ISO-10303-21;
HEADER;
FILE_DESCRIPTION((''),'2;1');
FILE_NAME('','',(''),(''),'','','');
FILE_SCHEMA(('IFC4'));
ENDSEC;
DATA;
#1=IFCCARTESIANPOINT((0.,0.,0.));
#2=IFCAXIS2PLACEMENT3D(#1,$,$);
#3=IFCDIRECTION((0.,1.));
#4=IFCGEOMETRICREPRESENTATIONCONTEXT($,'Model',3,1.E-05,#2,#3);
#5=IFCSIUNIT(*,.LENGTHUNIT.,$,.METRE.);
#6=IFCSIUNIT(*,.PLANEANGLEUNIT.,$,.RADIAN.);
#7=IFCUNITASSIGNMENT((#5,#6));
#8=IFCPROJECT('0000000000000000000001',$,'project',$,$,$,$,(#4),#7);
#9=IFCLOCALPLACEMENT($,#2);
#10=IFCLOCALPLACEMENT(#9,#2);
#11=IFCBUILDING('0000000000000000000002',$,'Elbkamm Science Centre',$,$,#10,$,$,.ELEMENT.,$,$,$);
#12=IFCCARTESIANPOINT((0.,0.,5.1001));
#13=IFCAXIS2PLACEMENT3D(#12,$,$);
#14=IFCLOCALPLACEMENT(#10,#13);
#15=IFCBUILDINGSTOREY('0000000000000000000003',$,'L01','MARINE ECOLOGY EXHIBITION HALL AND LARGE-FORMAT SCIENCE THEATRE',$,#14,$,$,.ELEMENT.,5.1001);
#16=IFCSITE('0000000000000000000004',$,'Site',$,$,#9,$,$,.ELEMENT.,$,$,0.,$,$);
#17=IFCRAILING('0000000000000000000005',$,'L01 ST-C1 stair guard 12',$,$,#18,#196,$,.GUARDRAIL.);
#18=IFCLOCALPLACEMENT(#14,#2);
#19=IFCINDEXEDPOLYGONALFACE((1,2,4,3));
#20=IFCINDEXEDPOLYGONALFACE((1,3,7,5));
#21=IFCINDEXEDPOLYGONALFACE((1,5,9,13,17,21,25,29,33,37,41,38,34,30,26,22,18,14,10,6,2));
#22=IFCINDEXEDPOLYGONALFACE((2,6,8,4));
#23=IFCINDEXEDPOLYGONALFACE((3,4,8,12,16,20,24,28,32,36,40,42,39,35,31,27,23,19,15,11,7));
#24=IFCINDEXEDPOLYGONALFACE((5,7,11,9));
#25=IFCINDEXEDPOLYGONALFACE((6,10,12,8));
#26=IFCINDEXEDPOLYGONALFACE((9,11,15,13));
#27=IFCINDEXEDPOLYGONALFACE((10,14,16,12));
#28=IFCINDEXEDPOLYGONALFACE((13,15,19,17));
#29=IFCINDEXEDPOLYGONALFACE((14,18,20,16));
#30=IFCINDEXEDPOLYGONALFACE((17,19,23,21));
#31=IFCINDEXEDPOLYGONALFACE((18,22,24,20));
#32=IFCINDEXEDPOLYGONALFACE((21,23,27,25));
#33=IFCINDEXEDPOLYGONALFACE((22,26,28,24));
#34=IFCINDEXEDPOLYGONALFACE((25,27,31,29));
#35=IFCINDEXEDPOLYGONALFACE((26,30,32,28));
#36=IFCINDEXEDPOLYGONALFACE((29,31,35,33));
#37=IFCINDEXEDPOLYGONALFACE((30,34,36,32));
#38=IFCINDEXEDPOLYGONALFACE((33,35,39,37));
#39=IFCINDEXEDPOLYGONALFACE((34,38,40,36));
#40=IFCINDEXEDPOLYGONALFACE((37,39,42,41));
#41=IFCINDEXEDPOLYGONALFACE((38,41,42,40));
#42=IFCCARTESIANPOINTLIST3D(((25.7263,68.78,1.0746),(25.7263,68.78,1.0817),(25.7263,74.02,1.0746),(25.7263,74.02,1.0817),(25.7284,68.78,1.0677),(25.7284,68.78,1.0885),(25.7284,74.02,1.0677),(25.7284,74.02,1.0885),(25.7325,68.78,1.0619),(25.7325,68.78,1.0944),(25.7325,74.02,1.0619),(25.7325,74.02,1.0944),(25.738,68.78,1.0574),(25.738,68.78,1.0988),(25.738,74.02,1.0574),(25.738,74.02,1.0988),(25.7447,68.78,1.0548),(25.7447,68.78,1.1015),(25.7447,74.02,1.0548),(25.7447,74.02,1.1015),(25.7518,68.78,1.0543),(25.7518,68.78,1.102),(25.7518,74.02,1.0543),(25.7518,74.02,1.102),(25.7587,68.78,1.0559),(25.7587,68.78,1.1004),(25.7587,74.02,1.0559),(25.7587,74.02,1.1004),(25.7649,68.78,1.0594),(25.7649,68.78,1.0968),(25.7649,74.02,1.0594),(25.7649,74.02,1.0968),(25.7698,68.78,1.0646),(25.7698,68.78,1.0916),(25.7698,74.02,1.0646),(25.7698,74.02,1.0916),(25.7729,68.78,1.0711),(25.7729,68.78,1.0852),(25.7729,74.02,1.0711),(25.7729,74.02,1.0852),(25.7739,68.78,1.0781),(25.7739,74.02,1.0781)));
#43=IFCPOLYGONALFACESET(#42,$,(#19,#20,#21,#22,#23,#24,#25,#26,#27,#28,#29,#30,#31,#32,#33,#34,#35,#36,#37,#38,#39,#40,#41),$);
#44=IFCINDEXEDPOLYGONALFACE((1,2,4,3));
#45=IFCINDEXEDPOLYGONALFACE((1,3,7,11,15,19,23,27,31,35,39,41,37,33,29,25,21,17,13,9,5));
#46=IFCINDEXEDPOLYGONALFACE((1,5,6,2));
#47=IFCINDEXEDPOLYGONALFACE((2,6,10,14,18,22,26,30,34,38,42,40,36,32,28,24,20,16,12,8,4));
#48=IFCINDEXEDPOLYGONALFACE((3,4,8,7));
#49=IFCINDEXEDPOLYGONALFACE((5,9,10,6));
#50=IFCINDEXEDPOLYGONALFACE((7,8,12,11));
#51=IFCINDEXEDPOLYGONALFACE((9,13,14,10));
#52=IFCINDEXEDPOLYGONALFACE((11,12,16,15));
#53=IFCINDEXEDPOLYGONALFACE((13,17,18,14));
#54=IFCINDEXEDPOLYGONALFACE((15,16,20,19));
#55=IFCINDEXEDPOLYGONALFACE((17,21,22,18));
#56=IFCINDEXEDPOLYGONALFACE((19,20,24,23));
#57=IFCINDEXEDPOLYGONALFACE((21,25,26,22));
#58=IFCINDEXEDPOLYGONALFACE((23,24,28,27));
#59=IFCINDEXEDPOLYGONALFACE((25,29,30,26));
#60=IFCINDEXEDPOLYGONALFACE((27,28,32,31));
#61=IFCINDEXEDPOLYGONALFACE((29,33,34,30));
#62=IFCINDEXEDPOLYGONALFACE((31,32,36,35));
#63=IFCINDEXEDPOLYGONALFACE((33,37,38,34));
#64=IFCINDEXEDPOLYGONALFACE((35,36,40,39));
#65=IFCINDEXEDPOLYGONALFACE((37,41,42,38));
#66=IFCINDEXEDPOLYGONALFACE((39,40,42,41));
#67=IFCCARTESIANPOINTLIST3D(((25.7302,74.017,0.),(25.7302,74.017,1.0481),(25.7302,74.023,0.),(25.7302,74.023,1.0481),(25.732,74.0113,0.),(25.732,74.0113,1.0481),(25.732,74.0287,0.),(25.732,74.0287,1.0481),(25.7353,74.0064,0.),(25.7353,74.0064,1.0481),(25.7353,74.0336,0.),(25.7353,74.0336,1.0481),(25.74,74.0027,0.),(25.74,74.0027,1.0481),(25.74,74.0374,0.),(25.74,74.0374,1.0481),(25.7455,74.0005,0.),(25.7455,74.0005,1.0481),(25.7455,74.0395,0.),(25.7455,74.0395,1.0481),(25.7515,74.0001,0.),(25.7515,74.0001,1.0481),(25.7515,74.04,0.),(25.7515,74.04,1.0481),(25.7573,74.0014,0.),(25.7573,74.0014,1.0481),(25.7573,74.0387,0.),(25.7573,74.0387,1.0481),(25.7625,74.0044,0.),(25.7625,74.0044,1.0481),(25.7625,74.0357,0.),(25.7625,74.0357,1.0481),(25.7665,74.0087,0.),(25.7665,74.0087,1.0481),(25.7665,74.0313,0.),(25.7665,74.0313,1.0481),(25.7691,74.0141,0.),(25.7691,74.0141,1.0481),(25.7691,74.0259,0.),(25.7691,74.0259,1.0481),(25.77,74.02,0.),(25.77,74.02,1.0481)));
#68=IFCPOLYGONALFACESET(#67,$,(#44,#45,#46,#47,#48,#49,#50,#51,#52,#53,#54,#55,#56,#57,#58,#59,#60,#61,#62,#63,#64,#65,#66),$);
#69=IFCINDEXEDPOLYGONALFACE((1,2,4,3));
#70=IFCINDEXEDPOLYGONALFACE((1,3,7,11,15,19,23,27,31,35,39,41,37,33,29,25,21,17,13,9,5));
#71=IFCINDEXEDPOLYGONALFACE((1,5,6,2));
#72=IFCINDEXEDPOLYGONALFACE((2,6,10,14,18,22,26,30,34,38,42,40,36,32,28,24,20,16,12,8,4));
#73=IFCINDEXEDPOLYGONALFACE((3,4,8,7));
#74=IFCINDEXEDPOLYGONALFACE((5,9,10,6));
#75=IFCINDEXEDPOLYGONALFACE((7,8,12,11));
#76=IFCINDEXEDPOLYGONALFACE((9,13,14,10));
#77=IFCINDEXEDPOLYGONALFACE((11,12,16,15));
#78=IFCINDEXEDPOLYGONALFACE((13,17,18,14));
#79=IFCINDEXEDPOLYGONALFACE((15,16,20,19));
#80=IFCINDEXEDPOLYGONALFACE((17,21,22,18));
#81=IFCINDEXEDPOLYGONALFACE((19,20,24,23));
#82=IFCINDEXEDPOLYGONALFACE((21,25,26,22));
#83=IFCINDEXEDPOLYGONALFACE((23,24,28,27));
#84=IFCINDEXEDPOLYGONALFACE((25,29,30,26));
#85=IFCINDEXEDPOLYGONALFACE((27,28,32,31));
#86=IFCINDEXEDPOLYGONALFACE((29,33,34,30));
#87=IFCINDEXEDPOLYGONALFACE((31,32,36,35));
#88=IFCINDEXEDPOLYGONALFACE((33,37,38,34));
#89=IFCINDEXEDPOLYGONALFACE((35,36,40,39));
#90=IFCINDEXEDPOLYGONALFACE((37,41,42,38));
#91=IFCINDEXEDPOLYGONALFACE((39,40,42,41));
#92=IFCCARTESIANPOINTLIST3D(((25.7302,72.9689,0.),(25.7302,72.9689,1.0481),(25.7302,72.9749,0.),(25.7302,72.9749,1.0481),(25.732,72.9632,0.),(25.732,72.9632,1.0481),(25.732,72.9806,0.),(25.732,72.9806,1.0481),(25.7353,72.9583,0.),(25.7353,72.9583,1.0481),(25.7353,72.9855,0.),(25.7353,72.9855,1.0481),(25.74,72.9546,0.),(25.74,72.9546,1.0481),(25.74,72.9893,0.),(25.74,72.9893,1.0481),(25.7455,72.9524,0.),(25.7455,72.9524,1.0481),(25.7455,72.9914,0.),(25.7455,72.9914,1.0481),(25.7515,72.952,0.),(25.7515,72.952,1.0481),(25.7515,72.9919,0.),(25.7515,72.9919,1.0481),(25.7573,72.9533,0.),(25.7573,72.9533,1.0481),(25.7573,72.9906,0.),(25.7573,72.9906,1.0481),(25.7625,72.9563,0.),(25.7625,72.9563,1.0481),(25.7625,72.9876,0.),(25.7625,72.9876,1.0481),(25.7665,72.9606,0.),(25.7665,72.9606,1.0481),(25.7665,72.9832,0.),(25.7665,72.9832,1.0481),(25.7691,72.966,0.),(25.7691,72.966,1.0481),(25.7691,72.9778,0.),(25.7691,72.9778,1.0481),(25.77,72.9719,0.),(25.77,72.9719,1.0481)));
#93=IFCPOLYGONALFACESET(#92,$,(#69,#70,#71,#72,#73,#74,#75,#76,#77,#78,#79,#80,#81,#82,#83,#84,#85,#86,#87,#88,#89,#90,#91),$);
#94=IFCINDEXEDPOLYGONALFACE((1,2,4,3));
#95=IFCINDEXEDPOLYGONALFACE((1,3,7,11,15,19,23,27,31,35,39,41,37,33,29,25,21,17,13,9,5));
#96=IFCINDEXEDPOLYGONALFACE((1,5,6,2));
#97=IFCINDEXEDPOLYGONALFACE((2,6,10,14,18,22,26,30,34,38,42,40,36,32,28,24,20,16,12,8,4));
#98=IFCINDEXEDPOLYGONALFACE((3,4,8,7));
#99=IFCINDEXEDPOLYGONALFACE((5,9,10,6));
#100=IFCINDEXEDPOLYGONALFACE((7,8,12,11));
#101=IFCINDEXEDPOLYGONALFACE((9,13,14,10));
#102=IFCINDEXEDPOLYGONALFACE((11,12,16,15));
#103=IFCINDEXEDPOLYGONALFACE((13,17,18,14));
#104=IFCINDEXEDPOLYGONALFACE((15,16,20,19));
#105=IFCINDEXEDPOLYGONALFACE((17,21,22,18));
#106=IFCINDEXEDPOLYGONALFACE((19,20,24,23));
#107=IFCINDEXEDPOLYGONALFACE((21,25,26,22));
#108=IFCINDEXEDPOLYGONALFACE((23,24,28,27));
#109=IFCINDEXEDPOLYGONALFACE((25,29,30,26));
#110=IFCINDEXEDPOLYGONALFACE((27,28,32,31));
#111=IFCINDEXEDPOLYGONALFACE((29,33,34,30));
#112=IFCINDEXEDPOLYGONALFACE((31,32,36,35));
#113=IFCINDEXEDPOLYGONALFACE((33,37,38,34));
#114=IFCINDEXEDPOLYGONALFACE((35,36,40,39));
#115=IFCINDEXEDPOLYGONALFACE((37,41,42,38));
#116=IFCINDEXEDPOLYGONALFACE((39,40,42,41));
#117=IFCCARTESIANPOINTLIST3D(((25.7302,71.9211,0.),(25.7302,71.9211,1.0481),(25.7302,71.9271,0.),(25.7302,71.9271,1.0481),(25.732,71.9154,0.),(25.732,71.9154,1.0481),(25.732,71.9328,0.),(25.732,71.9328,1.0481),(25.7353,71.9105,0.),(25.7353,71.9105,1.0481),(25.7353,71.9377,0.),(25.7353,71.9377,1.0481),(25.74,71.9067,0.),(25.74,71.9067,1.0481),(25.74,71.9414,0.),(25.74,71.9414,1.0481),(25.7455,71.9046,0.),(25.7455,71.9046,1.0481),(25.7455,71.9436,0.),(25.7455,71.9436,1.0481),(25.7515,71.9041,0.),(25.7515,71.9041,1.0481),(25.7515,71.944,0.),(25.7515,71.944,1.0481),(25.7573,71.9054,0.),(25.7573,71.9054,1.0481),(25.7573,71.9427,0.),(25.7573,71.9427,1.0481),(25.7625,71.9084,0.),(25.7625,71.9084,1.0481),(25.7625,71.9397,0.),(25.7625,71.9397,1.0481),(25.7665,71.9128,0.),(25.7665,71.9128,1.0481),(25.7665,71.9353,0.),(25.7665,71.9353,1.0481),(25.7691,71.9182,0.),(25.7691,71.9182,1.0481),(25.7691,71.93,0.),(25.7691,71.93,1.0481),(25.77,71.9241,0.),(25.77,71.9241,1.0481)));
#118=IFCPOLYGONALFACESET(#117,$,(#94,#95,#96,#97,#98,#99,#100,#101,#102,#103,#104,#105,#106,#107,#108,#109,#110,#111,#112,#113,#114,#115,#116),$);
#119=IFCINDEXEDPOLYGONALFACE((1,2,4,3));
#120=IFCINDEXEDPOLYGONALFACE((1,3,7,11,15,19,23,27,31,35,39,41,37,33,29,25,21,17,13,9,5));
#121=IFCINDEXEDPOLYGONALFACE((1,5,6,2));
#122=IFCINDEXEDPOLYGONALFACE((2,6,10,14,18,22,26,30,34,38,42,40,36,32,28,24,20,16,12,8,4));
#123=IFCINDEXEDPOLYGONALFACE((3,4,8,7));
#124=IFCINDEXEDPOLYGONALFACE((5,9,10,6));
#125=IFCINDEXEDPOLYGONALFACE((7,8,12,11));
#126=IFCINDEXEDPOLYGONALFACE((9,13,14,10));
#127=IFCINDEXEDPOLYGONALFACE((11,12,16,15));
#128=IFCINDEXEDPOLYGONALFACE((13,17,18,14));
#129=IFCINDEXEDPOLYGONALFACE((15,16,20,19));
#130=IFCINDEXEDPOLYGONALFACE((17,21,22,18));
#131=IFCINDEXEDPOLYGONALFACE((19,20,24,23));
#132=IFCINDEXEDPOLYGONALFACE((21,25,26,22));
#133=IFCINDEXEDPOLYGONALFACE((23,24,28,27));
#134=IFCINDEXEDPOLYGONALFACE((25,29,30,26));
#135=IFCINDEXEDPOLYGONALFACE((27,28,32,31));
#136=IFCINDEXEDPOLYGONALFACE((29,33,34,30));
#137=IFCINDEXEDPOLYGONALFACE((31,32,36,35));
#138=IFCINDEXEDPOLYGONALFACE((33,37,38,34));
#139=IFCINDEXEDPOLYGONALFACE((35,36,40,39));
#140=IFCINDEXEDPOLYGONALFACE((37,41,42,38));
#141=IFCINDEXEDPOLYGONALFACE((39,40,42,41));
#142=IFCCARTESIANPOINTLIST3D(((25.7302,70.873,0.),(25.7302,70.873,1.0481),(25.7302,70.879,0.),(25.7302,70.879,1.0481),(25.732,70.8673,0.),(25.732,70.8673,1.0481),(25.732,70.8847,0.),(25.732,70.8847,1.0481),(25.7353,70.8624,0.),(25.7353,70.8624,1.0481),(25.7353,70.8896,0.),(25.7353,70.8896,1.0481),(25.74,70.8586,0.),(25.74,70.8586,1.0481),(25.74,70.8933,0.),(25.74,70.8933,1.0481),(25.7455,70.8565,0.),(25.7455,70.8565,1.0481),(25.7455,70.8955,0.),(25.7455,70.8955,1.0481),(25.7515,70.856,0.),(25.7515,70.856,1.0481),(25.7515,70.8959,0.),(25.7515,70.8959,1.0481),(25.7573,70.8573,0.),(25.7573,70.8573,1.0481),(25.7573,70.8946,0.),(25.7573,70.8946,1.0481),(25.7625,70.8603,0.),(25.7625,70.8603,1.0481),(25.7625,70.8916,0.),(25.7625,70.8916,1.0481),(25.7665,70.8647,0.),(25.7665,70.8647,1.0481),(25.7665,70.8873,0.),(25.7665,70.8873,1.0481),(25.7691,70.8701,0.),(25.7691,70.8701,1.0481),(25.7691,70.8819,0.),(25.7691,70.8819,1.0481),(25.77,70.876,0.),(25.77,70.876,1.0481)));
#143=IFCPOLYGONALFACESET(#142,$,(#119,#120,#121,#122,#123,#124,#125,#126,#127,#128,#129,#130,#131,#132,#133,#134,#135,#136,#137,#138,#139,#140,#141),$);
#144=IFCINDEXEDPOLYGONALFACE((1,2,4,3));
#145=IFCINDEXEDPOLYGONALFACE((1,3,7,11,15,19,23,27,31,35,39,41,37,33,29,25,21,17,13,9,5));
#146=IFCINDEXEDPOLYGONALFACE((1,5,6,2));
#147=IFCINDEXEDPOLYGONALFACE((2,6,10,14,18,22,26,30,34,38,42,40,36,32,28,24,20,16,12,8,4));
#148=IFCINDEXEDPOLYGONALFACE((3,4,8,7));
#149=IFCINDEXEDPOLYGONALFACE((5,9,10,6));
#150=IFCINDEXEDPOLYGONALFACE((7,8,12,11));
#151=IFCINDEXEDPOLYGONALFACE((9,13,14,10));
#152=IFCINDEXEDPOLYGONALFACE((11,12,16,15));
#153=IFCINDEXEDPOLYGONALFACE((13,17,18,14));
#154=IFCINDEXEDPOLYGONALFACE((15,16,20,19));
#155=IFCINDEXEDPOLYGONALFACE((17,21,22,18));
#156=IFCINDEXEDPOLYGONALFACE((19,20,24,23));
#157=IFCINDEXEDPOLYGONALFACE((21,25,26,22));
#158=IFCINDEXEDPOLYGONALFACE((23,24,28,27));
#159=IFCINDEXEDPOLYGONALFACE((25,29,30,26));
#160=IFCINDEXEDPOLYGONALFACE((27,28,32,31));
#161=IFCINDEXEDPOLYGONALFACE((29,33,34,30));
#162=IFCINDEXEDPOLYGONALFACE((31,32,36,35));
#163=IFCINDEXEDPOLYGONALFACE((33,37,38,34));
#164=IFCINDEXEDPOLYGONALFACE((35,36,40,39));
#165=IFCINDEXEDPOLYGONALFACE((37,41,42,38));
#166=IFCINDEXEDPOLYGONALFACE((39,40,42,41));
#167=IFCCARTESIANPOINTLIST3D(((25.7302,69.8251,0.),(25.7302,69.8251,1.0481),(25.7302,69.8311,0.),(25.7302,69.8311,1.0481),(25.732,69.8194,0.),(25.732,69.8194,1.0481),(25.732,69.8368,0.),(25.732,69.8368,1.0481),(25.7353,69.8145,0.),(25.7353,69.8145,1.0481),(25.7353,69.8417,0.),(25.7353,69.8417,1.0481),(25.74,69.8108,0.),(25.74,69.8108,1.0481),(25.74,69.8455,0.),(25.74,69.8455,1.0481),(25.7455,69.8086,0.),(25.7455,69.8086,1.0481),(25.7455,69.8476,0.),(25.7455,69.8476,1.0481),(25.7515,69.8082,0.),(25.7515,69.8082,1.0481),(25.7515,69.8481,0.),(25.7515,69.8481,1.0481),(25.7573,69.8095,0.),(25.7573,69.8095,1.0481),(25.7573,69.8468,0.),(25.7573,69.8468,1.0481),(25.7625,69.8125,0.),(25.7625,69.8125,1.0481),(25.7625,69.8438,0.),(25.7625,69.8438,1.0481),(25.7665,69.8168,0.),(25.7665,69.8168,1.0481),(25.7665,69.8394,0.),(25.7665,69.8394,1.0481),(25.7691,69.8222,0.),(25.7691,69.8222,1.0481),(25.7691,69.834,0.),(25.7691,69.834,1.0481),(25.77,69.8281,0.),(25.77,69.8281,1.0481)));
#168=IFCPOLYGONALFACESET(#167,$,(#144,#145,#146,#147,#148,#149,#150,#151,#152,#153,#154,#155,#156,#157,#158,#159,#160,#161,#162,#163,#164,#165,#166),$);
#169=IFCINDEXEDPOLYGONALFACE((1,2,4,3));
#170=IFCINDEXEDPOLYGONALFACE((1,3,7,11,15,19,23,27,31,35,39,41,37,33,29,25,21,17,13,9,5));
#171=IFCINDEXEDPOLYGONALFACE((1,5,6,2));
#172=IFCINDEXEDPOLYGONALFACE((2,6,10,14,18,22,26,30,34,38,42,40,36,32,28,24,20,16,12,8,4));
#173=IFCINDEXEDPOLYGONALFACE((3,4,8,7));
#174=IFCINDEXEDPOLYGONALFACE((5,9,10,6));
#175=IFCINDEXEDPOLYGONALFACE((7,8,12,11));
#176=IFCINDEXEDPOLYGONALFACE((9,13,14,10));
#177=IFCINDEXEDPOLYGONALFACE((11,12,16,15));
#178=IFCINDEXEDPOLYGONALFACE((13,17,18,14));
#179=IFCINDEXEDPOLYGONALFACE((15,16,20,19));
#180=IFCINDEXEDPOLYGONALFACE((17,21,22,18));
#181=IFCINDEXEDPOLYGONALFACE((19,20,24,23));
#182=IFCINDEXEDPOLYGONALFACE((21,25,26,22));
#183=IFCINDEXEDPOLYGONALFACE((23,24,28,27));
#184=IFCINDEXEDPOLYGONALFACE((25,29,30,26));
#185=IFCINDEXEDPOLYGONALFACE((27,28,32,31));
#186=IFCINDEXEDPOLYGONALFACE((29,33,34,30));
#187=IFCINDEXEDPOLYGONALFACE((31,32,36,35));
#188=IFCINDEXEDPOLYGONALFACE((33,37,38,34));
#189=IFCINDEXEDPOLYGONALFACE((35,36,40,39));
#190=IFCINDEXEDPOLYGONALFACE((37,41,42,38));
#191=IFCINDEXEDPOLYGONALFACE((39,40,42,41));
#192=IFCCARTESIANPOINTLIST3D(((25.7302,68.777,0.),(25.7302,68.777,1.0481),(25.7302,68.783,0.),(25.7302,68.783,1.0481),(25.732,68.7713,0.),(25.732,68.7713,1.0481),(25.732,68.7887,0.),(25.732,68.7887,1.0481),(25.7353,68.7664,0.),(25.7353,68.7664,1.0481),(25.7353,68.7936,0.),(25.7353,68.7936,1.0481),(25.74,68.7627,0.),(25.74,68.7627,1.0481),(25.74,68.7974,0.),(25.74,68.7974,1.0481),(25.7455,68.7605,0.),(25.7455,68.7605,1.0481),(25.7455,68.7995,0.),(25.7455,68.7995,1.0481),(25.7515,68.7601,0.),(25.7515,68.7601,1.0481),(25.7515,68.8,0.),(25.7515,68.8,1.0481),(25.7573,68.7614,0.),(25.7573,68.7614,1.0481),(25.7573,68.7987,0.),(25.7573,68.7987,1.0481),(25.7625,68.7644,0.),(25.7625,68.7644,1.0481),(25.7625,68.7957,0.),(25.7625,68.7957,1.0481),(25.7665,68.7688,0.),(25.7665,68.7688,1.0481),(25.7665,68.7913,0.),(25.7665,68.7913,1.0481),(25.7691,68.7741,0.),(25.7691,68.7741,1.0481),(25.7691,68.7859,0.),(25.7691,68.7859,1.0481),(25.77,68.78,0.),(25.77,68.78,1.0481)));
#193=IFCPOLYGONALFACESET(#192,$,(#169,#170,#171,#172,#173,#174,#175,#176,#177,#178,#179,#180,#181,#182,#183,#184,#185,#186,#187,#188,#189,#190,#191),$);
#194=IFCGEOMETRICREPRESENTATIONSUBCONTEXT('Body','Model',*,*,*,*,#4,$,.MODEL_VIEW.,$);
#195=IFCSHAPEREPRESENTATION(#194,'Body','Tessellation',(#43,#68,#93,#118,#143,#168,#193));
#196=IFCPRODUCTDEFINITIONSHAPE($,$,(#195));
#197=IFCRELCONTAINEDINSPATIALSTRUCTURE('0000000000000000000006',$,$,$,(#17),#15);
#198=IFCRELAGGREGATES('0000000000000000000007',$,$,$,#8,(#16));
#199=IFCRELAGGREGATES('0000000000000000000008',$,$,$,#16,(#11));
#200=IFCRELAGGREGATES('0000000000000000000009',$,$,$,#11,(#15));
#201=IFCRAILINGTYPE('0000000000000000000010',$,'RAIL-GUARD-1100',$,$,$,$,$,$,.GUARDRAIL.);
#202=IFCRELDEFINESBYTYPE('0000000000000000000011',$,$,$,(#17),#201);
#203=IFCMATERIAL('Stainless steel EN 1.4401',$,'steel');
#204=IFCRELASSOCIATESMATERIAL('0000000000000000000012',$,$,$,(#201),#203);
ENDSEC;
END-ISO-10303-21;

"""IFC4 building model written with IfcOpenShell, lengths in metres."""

from ifc_helpers import new_model, si_unit, direction, frame, origin, origin_2d, place, context, subcontext, project, spatial, circle, extrude, material, type_object, element, save


model = new_model("IFC4")

# Units and contexts
model_context = context("Model", 3, precision=1e-05, world=origin(), true_north=direction((0.0, 1.0)))
body_context = subcontext(model_context, "Body", "Model", "MODEL_VIEW")
ifc_project = project(units=[si_unit("LENGTHUNIT", "METRE"), si_unit("PLANEANGLEUNIT", "RADIAN")], contexts=[model_context])

# Site, building, storey
site_placement = place(None, origin())
site = spatial("IfcSite", under=ifc_project, at=site_placement, Name="Site", CompositionType="ELEMENT", RefElevation=0.0)
building_placement = place(site_placement, origin())
building = spatial("IfcBuilding", under=site, at=building_placement, Name="Elbkamm Science Centre", CompositionType="ELEMENT")
storey_placement = place(building_placement, frame((0.0, 0.0, 5.1001)))
storey = spatial("IfcBuildingStorey", under=building, at=storey_placement, Name="L01", Description="MARINE ECOLOGY EXHIBITION HALL AND LARGE-FORMAT SCIENCE THEATRE", CompositionType="ELEMENT", Elevation=5.1001)

# Railing
ifc_material_1 = material(Name="Stainless steel EN 1.4401", Category="steel")
railing_type_1 = type_object("IfcRailingType", Name="RAIL-GUARD-1100", PredefinedType="GUARDRAIL", material=ifc_material_1)
railing_1_placement = place(storey_placement, frame((25.75, 74.02, 0.0)))
element("IfcRailing", 1, at=railing_1_placement, inside=storey, type_object=railing_type_1, Name="L01 ST-C1 stair guard 12", PredefinedType="GUARDRAIL", context=body_context, shape_type="SweptSolid", body=[
    extrude(circle(Radius=0.0239, at=origin_2d()), frame((0.0, 0.0, 1.0781), z_axis=(0.0, -1.0, 0.0), x_axis=(1.0, 0.0, 0.0)), (0.0, 0.0, 1.0), 5.24),
    extrude(circle(Radius=0.02, at=origin_2d()), origin(), (0.0, 0.0, 1.0), 1.0481),
    extrude(circle(Radius=0.02, at=origin_2d()), frame((0.0, -1.0481, 0.0)), (0.0, 0.0, 1.0), 1.0481),
    extrude(circle(Radius=0.02, at=origin_2d()), frame((0.0, -2.0959, 0.0)), (0.0, 0.0, 1.0), 1.0481),
    extrude(circle(Radius=0.02, at=origin_2d()), frame((0.0, -3.144, 0.0)), (0.0, 0.0, 1.0), 1.0481),
    extrude(circle(Radius=0.02, at=origin_2d()), frame((0.0, -4.1919, 0.0)), (0.0, 0.0, 1.0), 1.0481),
    extrude(circle(Radius=0.02, at=origin_2d()), frame((0.0, -5.24, 0.0)), (0.0, 0.0, 1.0), 1.0481),
])

save(model, "model.ifc")
